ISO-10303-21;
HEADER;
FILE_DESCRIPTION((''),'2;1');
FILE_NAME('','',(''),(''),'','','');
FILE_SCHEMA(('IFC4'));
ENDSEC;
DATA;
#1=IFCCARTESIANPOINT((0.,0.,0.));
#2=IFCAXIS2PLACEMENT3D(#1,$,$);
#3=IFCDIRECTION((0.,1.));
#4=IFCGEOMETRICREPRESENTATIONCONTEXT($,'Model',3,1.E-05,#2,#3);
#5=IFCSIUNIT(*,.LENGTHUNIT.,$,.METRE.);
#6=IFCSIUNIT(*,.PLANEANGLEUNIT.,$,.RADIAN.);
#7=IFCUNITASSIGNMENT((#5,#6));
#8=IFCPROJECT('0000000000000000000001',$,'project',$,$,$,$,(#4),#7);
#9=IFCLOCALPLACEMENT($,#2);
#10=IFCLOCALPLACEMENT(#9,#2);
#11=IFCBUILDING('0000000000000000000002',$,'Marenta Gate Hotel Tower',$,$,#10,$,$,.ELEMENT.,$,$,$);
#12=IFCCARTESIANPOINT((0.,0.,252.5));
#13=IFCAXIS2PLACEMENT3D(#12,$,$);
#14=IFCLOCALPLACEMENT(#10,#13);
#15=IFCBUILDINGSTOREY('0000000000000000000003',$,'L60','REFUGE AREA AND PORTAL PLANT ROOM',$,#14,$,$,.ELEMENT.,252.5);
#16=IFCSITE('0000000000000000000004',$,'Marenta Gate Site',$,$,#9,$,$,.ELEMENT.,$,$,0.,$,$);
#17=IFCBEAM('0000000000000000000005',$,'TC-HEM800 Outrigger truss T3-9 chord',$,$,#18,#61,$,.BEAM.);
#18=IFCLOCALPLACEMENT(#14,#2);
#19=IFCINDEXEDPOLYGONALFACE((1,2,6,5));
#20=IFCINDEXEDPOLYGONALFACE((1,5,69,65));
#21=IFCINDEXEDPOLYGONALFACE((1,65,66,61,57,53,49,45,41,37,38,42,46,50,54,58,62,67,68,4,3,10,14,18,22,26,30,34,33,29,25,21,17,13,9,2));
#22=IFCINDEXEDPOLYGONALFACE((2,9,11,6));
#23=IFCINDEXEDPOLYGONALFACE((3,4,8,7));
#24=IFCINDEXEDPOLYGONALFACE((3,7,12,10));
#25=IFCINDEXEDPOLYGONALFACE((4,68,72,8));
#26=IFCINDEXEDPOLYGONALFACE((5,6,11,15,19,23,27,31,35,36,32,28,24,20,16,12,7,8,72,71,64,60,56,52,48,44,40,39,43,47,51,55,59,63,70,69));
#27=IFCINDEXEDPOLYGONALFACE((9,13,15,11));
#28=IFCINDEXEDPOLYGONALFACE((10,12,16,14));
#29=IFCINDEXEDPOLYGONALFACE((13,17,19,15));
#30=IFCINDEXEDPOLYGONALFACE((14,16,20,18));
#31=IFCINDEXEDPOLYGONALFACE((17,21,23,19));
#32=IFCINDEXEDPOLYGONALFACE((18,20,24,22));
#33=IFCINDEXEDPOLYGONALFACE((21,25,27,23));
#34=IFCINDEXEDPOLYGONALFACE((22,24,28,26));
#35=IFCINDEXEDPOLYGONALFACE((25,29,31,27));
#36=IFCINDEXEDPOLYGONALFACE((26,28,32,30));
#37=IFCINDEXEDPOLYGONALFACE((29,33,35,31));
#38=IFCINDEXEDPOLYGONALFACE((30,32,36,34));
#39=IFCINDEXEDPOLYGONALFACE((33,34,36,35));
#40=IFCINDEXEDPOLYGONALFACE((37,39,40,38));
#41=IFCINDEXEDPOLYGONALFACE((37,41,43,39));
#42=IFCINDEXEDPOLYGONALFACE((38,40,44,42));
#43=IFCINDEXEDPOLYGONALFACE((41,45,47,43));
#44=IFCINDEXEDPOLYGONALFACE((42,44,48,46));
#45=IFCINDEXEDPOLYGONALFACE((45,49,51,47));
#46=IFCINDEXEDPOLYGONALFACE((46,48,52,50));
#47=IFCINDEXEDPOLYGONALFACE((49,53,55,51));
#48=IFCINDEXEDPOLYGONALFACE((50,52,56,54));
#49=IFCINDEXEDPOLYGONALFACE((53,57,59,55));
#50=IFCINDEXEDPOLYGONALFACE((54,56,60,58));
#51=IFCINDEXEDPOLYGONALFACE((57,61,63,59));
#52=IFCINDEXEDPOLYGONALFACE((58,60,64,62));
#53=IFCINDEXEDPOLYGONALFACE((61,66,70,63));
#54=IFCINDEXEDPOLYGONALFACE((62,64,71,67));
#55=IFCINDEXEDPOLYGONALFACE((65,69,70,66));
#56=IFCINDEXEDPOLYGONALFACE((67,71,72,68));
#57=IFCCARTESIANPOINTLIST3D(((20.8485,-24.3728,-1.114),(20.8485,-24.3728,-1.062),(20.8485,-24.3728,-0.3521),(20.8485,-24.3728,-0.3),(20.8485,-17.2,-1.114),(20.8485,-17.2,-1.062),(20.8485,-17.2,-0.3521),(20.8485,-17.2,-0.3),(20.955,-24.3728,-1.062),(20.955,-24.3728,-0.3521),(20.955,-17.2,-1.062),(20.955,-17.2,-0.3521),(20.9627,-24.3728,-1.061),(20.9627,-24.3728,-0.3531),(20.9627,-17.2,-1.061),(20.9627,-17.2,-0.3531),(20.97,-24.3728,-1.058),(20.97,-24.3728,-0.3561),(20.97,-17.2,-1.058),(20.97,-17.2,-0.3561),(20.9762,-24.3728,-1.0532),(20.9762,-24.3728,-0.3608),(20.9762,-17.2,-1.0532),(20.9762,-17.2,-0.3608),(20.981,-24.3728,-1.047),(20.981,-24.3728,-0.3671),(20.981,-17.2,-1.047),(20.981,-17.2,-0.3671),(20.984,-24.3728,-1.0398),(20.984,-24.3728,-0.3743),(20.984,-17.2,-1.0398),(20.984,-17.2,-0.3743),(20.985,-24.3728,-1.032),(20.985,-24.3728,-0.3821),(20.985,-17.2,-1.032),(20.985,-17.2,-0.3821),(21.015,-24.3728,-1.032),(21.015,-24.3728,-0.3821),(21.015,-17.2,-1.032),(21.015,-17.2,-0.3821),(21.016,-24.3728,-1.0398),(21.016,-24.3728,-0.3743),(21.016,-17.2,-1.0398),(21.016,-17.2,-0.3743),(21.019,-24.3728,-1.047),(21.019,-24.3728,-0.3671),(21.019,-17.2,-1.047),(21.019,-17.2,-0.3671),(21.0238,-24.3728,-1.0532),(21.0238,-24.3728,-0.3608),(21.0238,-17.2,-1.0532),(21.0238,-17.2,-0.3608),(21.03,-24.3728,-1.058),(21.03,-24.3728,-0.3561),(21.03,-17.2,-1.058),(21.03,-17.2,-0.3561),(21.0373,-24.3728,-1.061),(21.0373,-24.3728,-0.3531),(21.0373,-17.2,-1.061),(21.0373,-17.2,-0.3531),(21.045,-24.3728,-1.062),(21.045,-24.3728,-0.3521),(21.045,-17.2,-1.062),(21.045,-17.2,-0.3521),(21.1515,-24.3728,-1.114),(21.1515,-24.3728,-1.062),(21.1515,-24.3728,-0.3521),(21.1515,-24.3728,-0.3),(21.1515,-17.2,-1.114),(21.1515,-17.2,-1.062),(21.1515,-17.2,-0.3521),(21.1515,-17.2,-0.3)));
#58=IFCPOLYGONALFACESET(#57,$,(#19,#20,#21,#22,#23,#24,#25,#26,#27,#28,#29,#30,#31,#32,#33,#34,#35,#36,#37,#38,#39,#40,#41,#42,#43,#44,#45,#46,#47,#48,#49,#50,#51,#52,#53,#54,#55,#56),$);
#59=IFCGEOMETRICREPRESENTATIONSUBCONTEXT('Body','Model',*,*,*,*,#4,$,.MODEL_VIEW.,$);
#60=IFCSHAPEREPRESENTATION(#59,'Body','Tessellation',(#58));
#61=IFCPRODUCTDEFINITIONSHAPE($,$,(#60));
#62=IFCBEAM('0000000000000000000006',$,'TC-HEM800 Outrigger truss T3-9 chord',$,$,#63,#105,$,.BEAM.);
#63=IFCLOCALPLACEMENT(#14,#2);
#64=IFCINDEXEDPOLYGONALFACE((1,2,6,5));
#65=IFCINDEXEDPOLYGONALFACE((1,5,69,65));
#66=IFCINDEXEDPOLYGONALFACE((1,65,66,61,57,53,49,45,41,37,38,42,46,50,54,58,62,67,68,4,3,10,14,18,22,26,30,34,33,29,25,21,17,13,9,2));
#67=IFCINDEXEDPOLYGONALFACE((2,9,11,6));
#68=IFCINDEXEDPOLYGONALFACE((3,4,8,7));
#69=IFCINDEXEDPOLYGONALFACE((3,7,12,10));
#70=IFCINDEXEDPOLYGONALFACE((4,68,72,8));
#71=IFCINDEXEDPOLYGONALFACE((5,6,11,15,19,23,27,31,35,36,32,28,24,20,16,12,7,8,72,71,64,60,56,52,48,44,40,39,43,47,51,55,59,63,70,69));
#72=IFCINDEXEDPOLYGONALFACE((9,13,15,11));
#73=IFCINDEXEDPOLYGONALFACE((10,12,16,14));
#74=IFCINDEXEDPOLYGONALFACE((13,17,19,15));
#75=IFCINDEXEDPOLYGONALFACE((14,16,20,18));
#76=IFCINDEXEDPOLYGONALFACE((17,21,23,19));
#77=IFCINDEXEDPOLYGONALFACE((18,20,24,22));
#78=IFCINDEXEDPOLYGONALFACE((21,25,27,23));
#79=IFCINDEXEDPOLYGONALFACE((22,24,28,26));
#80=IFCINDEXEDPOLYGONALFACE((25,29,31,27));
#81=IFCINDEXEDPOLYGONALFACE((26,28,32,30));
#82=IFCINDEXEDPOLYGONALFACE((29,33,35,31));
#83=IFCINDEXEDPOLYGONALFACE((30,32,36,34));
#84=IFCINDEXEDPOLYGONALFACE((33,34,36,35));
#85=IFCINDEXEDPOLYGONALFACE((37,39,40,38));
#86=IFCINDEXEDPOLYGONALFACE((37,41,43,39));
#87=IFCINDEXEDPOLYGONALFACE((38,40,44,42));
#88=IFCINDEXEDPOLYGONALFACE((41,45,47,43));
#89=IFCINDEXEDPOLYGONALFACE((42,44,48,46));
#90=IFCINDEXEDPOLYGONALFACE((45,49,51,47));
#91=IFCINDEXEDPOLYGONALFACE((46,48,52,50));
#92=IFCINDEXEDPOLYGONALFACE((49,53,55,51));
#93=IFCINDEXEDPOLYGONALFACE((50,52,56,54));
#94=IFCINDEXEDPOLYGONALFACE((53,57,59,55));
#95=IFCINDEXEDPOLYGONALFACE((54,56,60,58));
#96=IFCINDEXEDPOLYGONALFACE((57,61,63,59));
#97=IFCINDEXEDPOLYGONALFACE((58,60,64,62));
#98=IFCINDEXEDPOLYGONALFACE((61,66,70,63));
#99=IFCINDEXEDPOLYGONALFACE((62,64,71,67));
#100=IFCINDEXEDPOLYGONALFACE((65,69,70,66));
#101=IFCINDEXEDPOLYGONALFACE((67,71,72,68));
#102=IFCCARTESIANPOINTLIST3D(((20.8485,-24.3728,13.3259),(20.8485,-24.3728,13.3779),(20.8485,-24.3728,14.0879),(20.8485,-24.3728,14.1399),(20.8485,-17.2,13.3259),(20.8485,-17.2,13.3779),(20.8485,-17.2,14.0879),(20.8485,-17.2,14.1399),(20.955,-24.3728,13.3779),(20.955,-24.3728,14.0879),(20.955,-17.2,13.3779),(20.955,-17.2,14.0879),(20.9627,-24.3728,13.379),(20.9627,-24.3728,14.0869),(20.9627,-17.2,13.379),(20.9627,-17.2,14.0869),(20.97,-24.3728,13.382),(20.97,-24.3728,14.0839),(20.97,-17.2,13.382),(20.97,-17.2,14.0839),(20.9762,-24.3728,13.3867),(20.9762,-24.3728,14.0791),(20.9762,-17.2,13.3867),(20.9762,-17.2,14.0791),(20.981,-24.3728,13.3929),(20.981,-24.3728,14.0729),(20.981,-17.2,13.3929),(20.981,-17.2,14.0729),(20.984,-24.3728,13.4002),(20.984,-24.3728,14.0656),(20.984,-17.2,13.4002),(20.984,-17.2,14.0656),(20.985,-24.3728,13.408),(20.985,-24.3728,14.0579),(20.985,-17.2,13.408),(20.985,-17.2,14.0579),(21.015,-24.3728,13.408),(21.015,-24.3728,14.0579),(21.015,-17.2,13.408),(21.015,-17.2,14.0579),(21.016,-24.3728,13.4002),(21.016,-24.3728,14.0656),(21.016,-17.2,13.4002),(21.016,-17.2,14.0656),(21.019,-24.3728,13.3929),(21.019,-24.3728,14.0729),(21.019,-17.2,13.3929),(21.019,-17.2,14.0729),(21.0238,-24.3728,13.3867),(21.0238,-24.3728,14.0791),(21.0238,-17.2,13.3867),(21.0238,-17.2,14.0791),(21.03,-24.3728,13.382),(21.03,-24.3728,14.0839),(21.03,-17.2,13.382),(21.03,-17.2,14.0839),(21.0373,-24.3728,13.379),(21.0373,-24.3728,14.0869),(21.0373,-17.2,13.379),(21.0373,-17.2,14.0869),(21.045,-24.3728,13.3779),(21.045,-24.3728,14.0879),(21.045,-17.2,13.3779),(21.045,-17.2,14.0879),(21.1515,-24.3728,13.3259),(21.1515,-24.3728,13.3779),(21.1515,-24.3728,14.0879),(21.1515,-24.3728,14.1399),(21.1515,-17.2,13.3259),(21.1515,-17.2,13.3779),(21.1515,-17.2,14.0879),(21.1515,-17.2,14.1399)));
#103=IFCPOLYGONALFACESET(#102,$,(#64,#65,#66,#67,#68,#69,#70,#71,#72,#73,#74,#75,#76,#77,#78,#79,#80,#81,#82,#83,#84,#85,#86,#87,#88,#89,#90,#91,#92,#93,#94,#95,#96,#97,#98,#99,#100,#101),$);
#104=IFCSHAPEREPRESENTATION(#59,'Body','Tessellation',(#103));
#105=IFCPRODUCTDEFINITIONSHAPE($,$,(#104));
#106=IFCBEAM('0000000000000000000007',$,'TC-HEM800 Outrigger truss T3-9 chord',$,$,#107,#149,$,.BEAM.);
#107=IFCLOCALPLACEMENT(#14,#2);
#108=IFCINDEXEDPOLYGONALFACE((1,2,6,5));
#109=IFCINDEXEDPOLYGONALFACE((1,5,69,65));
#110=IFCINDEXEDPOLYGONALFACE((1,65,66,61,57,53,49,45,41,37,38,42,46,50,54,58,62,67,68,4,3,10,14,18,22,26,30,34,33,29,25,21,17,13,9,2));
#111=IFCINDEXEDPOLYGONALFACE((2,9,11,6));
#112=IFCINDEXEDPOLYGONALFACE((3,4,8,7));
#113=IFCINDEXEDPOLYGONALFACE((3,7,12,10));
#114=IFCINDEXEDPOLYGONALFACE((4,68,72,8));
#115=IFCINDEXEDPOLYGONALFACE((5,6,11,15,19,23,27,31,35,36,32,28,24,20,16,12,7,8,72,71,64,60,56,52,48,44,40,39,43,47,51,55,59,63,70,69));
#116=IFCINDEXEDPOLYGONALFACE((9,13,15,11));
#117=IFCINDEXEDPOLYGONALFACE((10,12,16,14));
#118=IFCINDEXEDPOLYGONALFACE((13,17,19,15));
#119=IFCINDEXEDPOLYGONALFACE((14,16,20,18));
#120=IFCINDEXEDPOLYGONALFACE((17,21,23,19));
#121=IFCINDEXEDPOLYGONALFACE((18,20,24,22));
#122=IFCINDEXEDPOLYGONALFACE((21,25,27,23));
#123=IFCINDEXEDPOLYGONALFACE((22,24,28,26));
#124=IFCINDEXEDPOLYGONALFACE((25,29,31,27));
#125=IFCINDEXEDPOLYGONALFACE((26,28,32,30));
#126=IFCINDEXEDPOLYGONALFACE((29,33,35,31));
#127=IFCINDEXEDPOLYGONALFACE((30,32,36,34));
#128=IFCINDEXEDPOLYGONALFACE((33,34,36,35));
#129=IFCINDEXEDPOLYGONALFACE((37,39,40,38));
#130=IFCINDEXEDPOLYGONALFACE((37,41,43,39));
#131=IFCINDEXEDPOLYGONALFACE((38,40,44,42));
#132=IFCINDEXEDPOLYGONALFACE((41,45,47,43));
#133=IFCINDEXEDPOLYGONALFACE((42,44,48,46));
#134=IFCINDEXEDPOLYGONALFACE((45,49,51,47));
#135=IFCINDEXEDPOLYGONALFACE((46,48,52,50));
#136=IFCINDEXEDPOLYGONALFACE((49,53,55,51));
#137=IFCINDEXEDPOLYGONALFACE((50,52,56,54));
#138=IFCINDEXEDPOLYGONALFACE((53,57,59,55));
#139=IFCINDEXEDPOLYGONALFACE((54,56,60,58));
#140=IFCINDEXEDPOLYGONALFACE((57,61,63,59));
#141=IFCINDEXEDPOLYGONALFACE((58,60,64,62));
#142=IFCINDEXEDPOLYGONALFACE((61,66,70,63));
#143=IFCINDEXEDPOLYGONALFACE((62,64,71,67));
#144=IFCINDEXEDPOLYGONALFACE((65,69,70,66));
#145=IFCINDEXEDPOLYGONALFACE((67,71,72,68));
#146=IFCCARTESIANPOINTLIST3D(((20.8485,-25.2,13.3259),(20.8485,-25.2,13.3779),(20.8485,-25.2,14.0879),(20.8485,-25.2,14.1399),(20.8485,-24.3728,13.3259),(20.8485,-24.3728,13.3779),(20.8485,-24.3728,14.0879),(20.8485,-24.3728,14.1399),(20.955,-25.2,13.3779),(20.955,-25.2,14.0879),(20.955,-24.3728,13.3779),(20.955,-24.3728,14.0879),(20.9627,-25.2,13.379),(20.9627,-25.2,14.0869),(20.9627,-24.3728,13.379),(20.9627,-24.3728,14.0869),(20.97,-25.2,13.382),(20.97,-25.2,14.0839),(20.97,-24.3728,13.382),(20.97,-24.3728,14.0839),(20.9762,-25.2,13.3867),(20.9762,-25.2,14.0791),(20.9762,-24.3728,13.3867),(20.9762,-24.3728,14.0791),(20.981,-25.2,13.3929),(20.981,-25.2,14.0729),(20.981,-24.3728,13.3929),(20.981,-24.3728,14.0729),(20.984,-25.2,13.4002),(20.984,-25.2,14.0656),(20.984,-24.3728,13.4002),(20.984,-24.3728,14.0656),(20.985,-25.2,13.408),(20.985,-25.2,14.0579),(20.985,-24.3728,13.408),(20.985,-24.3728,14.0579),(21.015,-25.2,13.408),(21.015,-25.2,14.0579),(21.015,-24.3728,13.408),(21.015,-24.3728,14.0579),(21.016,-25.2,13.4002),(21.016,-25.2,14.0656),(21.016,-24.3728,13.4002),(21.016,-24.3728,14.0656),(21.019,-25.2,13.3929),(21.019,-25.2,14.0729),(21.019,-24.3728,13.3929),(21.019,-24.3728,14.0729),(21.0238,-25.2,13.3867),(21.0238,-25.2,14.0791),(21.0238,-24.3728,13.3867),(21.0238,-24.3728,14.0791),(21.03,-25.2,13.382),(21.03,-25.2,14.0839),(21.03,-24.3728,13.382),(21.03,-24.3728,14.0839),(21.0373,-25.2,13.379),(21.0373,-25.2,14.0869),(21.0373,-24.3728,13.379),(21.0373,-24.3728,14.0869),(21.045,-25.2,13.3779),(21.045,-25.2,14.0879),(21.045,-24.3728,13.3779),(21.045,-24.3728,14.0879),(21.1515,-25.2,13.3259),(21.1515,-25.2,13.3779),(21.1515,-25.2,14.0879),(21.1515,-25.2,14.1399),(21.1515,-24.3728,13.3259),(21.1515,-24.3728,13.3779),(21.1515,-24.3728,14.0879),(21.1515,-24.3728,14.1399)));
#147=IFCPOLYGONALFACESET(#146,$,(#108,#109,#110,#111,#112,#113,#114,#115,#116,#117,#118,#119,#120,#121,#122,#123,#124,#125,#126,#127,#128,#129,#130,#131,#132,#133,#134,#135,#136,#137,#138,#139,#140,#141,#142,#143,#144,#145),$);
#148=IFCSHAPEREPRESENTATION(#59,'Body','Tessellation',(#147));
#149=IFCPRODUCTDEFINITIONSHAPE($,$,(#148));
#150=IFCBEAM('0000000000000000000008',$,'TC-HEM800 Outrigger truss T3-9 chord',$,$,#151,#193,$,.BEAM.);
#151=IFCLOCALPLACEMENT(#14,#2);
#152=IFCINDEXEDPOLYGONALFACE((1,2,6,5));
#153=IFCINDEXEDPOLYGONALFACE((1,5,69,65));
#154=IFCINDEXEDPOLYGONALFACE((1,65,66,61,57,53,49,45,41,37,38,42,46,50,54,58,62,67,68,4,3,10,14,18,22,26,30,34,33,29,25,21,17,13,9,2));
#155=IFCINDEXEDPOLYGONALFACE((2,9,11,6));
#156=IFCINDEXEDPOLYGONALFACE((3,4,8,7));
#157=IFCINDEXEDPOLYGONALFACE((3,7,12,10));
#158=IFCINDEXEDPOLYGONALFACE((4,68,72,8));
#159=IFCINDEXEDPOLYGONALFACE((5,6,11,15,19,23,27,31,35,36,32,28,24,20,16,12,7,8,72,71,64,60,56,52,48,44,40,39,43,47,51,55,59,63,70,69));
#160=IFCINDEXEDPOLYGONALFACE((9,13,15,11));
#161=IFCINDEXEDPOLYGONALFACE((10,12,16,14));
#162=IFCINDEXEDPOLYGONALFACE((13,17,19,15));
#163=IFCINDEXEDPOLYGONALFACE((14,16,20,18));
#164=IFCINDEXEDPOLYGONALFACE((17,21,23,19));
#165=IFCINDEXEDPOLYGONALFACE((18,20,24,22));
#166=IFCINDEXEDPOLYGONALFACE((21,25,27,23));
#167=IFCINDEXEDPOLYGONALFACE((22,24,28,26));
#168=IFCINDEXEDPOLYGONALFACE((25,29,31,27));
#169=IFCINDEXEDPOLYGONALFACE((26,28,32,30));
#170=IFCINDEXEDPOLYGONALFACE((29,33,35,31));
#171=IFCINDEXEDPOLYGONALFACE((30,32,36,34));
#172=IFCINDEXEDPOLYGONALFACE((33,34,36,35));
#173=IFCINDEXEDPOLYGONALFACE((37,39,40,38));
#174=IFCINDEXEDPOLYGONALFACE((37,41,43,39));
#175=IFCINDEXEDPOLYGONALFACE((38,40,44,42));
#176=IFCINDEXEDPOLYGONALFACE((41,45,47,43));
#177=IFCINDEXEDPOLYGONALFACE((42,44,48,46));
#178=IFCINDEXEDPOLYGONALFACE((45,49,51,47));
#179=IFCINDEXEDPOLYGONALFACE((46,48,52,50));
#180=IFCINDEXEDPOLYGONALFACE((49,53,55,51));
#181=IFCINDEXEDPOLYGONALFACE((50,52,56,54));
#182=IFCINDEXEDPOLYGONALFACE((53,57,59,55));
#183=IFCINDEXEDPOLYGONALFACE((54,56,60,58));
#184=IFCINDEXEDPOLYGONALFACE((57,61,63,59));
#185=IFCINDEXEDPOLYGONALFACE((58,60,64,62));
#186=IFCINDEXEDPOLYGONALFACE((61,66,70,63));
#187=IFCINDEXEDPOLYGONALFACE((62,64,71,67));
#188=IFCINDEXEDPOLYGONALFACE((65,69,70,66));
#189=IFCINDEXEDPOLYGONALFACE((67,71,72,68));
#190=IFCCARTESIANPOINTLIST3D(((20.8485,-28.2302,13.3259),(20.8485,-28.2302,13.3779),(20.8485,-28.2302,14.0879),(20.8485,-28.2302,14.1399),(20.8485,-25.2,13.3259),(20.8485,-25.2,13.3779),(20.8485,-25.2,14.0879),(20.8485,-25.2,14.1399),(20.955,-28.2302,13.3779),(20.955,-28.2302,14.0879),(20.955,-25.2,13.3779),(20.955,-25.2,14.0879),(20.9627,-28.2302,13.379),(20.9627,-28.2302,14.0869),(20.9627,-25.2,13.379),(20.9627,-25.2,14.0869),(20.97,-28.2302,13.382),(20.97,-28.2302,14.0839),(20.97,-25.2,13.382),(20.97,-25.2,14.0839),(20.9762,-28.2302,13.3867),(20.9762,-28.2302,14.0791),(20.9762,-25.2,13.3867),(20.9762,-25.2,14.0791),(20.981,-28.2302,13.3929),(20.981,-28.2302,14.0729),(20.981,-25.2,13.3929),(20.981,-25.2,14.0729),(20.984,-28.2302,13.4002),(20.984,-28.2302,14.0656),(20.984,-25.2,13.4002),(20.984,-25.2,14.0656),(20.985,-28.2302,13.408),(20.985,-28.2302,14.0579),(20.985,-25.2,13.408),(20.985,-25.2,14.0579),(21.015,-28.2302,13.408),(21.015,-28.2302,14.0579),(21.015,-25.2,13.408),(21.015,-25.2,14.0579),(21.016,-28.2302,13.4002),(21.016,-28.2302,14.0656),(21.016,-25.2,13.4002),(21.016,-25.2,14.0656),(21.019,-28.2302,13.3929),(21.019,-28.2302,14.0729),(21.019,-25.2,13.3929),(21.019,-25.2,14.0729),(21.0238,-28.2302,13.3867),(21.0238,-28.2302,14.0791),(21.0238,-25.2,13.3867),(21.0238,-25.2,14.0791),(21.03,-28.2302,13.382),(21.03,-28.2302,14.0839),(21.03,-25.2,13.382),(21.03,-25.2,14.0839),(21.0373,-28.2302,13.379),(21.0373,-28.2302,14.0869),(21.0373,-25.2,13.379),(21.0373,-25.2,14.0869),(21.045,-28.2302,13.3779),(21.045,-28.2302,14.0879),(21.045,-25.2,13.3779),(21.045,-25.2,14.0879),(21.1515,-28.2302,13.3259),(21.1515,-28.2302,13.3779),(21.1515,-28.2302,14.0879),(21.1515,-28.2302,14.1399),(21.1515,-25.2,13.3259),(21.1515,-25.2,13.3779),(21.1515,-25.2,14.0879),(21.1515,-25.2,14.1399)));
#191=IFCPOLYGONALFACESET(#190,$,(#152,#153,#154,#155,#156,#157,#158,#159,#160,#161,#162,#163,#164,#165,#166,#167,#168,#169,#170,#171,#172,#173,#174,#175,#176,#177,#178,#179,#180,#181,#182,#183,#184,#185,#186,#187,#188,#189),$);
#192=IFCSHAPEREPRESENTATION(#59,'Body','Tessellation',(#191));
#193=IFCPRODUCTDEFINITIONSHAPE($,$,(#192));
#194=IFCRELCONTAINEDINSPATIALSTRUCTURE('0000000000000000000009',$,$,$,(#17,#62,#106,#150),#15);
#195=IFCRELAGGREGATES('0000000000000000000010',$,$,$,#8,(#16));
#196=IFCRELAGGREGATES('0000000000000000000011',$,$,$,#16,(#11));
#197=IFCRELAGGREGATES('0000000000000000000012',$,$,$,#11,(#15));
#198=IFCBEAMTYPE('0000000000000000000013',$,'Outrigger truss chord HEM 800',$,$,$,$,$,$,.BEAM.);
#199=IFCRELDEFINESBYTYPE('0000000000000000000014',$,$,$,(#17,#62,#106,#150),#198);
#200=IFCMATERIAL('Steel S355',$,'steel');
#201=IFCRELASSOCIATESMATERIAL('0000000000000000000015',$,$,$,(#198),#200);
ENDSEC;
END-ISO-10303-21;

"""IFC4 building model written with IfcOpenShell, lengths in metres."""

from ifc_helpers import new_model, si_unit, direction, frame, origin, origin_2d, place, context, subcontext, project, spatial, i_section, extrude, material, material_profile, profile_set, type_object, element, save


model = new_model("IFC4")

# Units and contexts
model_context = context("Model", 3, precision=1e-05, world=origin(), true_north=direction((0.0, 1.0)))
body_context = subcontext(model_context, "Body", "Model", "MODEL_VIEW")
ifc_project = project(units=[si_unit("LENGTHUNIT", "METRE"), si_unit("PLANEANGLEUNIT", "RADIAN")], contexts=[model_context])

# Site, building, storey
site_placement = place(None, origin())
site = spatial("IfcSite", under=ifc_project, at=site_placement, Name="Marenta Gate Site", CompositionType="ELEMENT", RefElevation=0.0)
building_placement = place(site_placement, origin())
building = spatial("IfcBuilding", under=site, at=building_placement, Name="Marenta Gate Hotel Tower", CompositionType="ELEMENT")
storey_placement = place(building_placement, frame((0.0, 0.0, 252.5)))
storey = spatial("IfcBuildingStorey", under=building, at=storey_placement, Name="L60", Description="REFUGE AREA AND PORTAL PLANT ROOM", CompositionType="ELEMENT", Elevation=252.5)

# Beams
ifc_material_1 = material(Name="Steel S355", Category="steel")
ifc_material_profile_1 = material_profile(ifc_material_1, i_section(OverallWidth=0.303, OverallDepth=0.814, WebThickness=0.03, FlangeThickness=0.052, FilletRadius=0.03, at=origin_2d()), Name="HEM 800")
ifc_profile_set_1 = profile_set([ifc_material_profile_1], Name="Steel S355")
beam_type_1 = type_object("IfcBeamType", Name="Outrigger truss chord HEM 800", PredefinedType="BEAM", material=ifc_profile_set_1)
for number, where, z_axis, x_axis, name in (
    (1, (21.0, -17.2, -0.707), (0.0, -1.0, 0.0), (1.0, 0.0, 0.0), "TC-HEM800 Outrigger truss T3-9 chord"),
    (2, (21.0, -17.2, 13.7329), (0.0, -1.0, 0.0), (1.0, 0.0, 0.0), "TC-HEM800 Outrigger truss T3-9 chord"),
):
    element("IfcBeam", number, at=place(storey_placement, frame(where, z_axis=z_axis, x_axis=x_axis)), inside=storey, type_object=beam_type_1, Name=name, PredefinedType="BEAM", context=body_context, shape_type="SweptSolid", body=[
        extrude(i_section(OverallWidth=0.303, OverallDepth=0.814, WebThickness=0.03, FlangeThickness=0.052, FilletRadius=0.03, at=origin_2d()), origin(), (0.0, 0.0, 1.0), 7.1729),
    ])
beam_1_placement = place(storey_placement, frame((21.0, -24.3728, 13.7329), z_axis=(0.0, -1.0, 0.0), x_axis=(1.0, 0.0, 0.0)))
element("IfcBeam", 3, at=beam_1_placement, inside=storey, type_object=beam_type_1, Name="TC-HEM800 Outrigger truss T3-9 chord", PredefinedType="BEAM", context=body_context, shape_type="SweptSolid", body=[
    extrude(i_section(OverallWidth=0.303, OverallDepth=0.814, WebThickness=0.03, FlangeThickness=0.052, FilletRadius=0.03, at=origin_2d()), origin(), (0.0, 0.0, 1.0), 0.8271),
])
beam_2_placement = place(storey_placement, frame((21.0, -25.2, 13.7329), z_axis=(0.0, -1.0, 0.0), x_axis=(1.0, 0.0, 0.0)))
element("IfcBeam", 4, at=beam_2_placement, inside=storey, type_object=beam_type_1, Name="TC-HEM800 Outrigger truss T3-9 chord", PredefinedType="BEAM", context=body_context, shape_type="SweptSolid", body=[
    extrude(i_section(OverallWidth=0.303, OverallDepth=0.814, WebThickness=0.03, FlangeThickness=0.052, FilletRadius=0.03, at=origin_2d()), origin(), (0.0, 0.0, 1.0), 3.0303),
])

save(model, "model.ifc")
